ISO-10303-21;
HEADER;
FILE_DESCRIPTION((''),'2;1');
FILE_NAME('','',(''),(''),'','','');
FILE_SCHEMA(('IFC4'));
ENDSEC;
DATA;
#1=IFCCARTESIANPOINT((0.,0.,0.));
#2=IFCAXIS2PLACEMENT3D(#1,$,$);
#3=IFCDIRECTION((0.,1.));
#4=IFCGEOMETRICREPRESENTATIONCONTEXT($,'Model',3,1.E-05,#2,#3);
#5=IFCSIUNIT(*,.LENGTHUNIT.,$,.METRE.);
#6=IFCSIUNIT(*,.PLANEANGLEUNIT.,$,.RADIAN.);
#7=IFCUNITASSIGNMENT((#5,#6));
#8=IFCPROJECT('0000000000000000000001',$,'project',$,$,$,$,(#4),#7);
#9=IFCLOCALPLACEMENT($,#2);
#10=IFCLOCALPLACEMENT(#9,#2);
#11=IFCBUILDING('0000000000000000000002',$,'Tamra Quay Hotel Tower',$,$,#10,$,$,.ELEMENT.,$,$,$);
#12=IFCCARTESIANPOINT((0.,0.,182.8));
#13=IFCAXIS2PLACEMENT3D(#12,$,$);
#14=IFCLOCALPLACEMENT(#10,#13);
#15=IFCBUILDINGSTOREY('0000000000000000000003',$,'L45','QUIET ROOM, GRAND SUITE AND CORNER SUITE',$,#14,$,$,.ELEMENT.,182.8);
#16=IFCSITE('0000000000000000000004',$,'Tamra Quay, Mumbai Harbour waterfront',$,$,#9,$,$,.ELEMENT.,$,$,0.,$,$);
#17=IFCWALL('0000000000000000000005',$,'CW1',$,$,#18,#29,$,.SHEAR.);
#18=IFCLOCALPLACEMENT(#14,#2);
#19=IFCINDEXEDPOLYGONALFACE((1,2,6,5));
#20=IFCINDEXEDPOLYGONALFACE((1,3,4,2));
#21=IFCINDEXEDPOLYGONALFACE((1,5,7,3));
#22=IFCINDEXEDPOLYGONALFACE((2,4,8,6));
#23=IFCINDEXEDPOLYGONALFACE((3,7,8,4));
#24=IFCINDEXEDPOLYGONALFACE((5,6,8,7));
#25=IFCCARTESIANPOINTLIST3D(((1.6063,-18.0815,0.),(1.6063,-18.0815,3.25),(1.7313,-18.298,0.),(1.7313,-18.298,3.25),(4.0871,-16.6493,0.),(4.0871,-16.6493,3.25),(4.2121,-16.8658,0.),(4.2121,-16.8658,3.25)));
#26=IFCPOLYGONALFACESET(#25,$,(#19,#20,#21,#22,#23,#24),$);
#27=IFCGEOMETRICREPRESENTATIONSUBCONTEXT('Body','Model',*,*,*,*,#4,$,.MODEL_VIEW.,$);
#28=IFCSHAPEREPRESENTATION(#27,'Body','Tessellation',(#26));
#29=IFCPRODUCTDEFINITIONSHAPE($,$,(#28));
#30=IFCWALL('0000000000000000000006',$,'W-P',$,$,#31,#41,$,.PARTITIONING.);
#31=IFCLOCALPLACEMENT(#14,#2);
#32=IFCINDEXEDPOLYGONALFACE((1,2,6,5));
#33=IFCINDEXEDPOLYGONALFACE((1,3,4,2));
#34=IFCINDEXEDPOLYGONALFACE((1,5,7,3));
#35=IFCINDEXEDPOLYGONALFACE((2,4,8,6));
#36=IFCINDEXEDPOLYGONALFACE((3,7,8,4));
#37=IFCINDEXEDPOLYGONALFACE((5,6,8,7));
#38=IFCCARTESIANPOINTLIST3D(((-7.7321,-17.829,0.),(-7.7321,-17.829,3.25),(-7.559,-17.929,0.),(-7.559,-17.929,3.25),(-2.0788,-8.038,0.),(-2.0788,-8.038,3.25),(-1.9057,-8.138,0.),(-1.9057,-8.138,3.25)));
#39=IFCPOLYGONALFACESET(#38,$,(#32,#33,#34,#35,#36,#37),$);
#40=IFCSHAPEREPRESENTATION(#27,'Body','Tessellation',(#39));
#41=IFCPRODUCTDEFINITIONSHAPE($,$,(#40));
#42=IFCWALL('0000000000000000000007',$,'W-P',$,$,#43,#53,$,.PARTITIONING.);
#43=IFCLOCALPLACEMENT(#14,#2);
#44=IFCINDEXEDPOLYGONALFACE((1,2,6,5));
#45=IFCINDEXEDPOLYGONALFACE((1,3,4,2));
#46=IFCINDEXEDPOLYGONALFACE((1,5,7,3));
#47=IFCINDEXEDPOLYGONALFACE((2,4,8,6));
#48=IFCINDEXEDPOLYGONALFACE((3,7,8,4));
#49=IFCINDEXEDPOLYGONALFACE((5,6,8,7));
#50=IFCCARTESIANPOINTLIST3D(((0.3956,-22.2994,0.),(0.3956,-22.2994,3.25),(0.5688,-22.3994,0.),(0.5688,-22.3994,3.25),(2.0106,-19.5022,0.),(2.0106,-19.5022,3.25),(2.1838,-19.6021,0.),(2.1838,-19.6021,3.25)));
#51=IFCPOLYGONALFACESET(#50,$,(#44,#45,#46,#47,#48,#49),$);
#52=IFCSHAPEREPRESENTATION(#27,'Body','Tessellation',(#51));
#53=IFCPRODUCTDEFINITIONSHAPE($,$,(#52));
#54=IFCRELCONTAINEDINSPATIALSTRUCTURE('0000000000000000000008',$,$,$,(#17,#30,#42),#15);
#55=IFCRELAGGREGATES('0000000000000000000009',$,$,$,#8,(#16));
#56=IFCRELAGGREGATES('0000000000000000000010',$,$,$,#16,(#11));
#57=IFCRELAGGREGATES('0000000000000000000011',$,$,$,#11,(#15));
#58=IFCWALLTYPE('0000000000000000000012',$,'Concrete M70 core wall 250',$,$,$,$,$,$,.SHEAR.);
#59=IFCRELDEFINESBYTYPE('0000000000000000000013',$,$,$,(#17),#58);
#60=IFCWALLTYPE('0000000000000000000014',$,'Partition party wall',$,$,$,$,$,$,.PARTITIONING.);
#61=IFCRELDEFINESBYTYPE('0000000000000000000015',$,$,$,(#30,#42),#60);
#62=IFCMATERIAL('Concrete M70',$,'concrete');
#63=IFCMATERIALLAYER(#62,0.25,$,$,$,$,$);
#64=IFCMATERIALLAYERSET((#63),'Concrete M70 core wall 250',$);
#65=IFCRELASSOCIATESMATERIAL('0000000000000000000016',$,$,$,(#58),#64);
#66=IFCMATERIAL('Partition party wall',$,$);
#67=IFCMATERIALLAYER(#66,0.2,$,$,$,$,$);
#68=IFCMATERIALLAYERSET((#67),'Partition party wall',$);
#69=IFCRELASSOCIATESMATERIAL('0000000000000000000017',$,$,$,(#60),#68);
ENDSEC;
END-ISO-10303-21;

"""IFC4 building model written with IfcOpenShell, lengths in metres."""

from ifc_helpers import new_model, si_unit, direction, frame, frame_2d, origin, place, context, subcontext, project, spatial, rectangle, extrude, material, layer, layer_set, type_object, element, save


model = new_model("IFC4")

# Units and contexts
model_context = context("Model", 3, precision=1e-05, world=origin(), true_north=direction((0.0, 1.0)))
body_context = subcontext(model_context, "Body", "Model", "MODEL_VIEW")
ifc_project = project(units=[si_unit("LENGTHUNIT", "METRE"), si_unit("PLANEANGLEUNIT", "RADIAN")], contexts=[model_context])

# Site, building, storey
site_placement = place(None, origin())
site = spatial("IfcSite", under=ifc_project, at=site_placement, Name="Tamra Quay, Mumbai Harbour waterfront", CompositionType="ELEMENT", RefElevation=0.0)
building_placement = place(site_placement, origin())
building = spatial("IfcBuilding", under=site, at=building_placement, Name="Tamra Quay Hotel Tower", CompositionType="ELEMENT")
storey_placement = place(building_placement, frame((0.0, 0.0, 182.8)))
storey = spatial("IfcBuildingStorey", under=building, at=storey_placement, Name="L45", Description="QUIET ROOM, GRAND SUITE AND CORNER SUITE", CompositionType="ELEMENT", Elevation=182.8)

# Shared definitions
ifc_material_1 = material(Name="Concrete M70", Category="concrete")

# Walls
ifc_layer_1 = layer(ifc_material_1, 0.25)
ifc_layer_set_1 = layer_set([ifc_layer_1], Name="Concrete M70 core wall 250")
wall_type_1 = type_object("IfcWallType", Name="Concrete M70 core wall 250", PredefinedType="SHEAR", material=ifc_layer_set_1)
wall_1_placement = place(storey_placement, frame((1.6689, -18.1897, 0.0), z_axis=(0.0, 0.0, 1.0), x_axis=(0.866042, 0.499971, 0.0)))
element("IfcWall", 1, at=wall_1_placement, inside=storey, type_object=wall_type_1, Name="CW1", PredefinedType="SHEAR", context=body_context, shape_type="SweptSolid", body=[
    extrude(rectangle(XDim=2.8645, YDim=0.25, at=frame_2d((1.4321, 0.0))), origin(), (0.0, 0.0, 1.0), 3.25),
])
ifc_material_2 = material(Name="Partition party wall")
ifc_layer_2 = layer(ifc_material_2, 0.2)
ifc_layer_set_2 = layer_set([ifc_layer_2], Name="Partition party wall")
wall_type_2 = type_object("IfcWallType", Name="Partition party wall", PredefinedType="PARTITIONING", material=ifc_layer_set_2)
wall_2_placement = place(storey_placement, frame((-7.6455, -17.8789, 0.0), z_axis=(0.0, 0.0, 1.0), x_axis=(0.500031, 0.866007, 0.0)))
element("IfcWall", 2, at=wall_2_placement, inside=storey, type_object=wall_type_2, Name="W-P", PredefinedType="PARTITIONING", context=body_context, shape_type="SweptSolid", body=[
    extrude(rectangle(XDim=11.3059, YDim=0.2, at=frame_2d((5.6528, 0.0))), origin(), (0.0, 0.0, 1.0), 3.25),
])
wall_3_placement = place(storey_placement, frame((0.4822, -22.3494, 0.0), z_axis=(0.0, 0.0, 1.0), x_axis=(0.500017, 0.866016, 0.0)))
element("IfcWall", 3, at=wall_3_placement, inside=storey, type_object=wall_type_2, Name="W-P", PredefinedType="PARTITIONING", context=body_context, shape_type="SweptSolid", body=[
    extrude(rectangle(XDim=3.23, YDim=0.2, at=frame_2d((1.615, 0.0))), origin(), (0.0, 0.0, 1.0), 3.25),
])

save(model, "model.ifc")
